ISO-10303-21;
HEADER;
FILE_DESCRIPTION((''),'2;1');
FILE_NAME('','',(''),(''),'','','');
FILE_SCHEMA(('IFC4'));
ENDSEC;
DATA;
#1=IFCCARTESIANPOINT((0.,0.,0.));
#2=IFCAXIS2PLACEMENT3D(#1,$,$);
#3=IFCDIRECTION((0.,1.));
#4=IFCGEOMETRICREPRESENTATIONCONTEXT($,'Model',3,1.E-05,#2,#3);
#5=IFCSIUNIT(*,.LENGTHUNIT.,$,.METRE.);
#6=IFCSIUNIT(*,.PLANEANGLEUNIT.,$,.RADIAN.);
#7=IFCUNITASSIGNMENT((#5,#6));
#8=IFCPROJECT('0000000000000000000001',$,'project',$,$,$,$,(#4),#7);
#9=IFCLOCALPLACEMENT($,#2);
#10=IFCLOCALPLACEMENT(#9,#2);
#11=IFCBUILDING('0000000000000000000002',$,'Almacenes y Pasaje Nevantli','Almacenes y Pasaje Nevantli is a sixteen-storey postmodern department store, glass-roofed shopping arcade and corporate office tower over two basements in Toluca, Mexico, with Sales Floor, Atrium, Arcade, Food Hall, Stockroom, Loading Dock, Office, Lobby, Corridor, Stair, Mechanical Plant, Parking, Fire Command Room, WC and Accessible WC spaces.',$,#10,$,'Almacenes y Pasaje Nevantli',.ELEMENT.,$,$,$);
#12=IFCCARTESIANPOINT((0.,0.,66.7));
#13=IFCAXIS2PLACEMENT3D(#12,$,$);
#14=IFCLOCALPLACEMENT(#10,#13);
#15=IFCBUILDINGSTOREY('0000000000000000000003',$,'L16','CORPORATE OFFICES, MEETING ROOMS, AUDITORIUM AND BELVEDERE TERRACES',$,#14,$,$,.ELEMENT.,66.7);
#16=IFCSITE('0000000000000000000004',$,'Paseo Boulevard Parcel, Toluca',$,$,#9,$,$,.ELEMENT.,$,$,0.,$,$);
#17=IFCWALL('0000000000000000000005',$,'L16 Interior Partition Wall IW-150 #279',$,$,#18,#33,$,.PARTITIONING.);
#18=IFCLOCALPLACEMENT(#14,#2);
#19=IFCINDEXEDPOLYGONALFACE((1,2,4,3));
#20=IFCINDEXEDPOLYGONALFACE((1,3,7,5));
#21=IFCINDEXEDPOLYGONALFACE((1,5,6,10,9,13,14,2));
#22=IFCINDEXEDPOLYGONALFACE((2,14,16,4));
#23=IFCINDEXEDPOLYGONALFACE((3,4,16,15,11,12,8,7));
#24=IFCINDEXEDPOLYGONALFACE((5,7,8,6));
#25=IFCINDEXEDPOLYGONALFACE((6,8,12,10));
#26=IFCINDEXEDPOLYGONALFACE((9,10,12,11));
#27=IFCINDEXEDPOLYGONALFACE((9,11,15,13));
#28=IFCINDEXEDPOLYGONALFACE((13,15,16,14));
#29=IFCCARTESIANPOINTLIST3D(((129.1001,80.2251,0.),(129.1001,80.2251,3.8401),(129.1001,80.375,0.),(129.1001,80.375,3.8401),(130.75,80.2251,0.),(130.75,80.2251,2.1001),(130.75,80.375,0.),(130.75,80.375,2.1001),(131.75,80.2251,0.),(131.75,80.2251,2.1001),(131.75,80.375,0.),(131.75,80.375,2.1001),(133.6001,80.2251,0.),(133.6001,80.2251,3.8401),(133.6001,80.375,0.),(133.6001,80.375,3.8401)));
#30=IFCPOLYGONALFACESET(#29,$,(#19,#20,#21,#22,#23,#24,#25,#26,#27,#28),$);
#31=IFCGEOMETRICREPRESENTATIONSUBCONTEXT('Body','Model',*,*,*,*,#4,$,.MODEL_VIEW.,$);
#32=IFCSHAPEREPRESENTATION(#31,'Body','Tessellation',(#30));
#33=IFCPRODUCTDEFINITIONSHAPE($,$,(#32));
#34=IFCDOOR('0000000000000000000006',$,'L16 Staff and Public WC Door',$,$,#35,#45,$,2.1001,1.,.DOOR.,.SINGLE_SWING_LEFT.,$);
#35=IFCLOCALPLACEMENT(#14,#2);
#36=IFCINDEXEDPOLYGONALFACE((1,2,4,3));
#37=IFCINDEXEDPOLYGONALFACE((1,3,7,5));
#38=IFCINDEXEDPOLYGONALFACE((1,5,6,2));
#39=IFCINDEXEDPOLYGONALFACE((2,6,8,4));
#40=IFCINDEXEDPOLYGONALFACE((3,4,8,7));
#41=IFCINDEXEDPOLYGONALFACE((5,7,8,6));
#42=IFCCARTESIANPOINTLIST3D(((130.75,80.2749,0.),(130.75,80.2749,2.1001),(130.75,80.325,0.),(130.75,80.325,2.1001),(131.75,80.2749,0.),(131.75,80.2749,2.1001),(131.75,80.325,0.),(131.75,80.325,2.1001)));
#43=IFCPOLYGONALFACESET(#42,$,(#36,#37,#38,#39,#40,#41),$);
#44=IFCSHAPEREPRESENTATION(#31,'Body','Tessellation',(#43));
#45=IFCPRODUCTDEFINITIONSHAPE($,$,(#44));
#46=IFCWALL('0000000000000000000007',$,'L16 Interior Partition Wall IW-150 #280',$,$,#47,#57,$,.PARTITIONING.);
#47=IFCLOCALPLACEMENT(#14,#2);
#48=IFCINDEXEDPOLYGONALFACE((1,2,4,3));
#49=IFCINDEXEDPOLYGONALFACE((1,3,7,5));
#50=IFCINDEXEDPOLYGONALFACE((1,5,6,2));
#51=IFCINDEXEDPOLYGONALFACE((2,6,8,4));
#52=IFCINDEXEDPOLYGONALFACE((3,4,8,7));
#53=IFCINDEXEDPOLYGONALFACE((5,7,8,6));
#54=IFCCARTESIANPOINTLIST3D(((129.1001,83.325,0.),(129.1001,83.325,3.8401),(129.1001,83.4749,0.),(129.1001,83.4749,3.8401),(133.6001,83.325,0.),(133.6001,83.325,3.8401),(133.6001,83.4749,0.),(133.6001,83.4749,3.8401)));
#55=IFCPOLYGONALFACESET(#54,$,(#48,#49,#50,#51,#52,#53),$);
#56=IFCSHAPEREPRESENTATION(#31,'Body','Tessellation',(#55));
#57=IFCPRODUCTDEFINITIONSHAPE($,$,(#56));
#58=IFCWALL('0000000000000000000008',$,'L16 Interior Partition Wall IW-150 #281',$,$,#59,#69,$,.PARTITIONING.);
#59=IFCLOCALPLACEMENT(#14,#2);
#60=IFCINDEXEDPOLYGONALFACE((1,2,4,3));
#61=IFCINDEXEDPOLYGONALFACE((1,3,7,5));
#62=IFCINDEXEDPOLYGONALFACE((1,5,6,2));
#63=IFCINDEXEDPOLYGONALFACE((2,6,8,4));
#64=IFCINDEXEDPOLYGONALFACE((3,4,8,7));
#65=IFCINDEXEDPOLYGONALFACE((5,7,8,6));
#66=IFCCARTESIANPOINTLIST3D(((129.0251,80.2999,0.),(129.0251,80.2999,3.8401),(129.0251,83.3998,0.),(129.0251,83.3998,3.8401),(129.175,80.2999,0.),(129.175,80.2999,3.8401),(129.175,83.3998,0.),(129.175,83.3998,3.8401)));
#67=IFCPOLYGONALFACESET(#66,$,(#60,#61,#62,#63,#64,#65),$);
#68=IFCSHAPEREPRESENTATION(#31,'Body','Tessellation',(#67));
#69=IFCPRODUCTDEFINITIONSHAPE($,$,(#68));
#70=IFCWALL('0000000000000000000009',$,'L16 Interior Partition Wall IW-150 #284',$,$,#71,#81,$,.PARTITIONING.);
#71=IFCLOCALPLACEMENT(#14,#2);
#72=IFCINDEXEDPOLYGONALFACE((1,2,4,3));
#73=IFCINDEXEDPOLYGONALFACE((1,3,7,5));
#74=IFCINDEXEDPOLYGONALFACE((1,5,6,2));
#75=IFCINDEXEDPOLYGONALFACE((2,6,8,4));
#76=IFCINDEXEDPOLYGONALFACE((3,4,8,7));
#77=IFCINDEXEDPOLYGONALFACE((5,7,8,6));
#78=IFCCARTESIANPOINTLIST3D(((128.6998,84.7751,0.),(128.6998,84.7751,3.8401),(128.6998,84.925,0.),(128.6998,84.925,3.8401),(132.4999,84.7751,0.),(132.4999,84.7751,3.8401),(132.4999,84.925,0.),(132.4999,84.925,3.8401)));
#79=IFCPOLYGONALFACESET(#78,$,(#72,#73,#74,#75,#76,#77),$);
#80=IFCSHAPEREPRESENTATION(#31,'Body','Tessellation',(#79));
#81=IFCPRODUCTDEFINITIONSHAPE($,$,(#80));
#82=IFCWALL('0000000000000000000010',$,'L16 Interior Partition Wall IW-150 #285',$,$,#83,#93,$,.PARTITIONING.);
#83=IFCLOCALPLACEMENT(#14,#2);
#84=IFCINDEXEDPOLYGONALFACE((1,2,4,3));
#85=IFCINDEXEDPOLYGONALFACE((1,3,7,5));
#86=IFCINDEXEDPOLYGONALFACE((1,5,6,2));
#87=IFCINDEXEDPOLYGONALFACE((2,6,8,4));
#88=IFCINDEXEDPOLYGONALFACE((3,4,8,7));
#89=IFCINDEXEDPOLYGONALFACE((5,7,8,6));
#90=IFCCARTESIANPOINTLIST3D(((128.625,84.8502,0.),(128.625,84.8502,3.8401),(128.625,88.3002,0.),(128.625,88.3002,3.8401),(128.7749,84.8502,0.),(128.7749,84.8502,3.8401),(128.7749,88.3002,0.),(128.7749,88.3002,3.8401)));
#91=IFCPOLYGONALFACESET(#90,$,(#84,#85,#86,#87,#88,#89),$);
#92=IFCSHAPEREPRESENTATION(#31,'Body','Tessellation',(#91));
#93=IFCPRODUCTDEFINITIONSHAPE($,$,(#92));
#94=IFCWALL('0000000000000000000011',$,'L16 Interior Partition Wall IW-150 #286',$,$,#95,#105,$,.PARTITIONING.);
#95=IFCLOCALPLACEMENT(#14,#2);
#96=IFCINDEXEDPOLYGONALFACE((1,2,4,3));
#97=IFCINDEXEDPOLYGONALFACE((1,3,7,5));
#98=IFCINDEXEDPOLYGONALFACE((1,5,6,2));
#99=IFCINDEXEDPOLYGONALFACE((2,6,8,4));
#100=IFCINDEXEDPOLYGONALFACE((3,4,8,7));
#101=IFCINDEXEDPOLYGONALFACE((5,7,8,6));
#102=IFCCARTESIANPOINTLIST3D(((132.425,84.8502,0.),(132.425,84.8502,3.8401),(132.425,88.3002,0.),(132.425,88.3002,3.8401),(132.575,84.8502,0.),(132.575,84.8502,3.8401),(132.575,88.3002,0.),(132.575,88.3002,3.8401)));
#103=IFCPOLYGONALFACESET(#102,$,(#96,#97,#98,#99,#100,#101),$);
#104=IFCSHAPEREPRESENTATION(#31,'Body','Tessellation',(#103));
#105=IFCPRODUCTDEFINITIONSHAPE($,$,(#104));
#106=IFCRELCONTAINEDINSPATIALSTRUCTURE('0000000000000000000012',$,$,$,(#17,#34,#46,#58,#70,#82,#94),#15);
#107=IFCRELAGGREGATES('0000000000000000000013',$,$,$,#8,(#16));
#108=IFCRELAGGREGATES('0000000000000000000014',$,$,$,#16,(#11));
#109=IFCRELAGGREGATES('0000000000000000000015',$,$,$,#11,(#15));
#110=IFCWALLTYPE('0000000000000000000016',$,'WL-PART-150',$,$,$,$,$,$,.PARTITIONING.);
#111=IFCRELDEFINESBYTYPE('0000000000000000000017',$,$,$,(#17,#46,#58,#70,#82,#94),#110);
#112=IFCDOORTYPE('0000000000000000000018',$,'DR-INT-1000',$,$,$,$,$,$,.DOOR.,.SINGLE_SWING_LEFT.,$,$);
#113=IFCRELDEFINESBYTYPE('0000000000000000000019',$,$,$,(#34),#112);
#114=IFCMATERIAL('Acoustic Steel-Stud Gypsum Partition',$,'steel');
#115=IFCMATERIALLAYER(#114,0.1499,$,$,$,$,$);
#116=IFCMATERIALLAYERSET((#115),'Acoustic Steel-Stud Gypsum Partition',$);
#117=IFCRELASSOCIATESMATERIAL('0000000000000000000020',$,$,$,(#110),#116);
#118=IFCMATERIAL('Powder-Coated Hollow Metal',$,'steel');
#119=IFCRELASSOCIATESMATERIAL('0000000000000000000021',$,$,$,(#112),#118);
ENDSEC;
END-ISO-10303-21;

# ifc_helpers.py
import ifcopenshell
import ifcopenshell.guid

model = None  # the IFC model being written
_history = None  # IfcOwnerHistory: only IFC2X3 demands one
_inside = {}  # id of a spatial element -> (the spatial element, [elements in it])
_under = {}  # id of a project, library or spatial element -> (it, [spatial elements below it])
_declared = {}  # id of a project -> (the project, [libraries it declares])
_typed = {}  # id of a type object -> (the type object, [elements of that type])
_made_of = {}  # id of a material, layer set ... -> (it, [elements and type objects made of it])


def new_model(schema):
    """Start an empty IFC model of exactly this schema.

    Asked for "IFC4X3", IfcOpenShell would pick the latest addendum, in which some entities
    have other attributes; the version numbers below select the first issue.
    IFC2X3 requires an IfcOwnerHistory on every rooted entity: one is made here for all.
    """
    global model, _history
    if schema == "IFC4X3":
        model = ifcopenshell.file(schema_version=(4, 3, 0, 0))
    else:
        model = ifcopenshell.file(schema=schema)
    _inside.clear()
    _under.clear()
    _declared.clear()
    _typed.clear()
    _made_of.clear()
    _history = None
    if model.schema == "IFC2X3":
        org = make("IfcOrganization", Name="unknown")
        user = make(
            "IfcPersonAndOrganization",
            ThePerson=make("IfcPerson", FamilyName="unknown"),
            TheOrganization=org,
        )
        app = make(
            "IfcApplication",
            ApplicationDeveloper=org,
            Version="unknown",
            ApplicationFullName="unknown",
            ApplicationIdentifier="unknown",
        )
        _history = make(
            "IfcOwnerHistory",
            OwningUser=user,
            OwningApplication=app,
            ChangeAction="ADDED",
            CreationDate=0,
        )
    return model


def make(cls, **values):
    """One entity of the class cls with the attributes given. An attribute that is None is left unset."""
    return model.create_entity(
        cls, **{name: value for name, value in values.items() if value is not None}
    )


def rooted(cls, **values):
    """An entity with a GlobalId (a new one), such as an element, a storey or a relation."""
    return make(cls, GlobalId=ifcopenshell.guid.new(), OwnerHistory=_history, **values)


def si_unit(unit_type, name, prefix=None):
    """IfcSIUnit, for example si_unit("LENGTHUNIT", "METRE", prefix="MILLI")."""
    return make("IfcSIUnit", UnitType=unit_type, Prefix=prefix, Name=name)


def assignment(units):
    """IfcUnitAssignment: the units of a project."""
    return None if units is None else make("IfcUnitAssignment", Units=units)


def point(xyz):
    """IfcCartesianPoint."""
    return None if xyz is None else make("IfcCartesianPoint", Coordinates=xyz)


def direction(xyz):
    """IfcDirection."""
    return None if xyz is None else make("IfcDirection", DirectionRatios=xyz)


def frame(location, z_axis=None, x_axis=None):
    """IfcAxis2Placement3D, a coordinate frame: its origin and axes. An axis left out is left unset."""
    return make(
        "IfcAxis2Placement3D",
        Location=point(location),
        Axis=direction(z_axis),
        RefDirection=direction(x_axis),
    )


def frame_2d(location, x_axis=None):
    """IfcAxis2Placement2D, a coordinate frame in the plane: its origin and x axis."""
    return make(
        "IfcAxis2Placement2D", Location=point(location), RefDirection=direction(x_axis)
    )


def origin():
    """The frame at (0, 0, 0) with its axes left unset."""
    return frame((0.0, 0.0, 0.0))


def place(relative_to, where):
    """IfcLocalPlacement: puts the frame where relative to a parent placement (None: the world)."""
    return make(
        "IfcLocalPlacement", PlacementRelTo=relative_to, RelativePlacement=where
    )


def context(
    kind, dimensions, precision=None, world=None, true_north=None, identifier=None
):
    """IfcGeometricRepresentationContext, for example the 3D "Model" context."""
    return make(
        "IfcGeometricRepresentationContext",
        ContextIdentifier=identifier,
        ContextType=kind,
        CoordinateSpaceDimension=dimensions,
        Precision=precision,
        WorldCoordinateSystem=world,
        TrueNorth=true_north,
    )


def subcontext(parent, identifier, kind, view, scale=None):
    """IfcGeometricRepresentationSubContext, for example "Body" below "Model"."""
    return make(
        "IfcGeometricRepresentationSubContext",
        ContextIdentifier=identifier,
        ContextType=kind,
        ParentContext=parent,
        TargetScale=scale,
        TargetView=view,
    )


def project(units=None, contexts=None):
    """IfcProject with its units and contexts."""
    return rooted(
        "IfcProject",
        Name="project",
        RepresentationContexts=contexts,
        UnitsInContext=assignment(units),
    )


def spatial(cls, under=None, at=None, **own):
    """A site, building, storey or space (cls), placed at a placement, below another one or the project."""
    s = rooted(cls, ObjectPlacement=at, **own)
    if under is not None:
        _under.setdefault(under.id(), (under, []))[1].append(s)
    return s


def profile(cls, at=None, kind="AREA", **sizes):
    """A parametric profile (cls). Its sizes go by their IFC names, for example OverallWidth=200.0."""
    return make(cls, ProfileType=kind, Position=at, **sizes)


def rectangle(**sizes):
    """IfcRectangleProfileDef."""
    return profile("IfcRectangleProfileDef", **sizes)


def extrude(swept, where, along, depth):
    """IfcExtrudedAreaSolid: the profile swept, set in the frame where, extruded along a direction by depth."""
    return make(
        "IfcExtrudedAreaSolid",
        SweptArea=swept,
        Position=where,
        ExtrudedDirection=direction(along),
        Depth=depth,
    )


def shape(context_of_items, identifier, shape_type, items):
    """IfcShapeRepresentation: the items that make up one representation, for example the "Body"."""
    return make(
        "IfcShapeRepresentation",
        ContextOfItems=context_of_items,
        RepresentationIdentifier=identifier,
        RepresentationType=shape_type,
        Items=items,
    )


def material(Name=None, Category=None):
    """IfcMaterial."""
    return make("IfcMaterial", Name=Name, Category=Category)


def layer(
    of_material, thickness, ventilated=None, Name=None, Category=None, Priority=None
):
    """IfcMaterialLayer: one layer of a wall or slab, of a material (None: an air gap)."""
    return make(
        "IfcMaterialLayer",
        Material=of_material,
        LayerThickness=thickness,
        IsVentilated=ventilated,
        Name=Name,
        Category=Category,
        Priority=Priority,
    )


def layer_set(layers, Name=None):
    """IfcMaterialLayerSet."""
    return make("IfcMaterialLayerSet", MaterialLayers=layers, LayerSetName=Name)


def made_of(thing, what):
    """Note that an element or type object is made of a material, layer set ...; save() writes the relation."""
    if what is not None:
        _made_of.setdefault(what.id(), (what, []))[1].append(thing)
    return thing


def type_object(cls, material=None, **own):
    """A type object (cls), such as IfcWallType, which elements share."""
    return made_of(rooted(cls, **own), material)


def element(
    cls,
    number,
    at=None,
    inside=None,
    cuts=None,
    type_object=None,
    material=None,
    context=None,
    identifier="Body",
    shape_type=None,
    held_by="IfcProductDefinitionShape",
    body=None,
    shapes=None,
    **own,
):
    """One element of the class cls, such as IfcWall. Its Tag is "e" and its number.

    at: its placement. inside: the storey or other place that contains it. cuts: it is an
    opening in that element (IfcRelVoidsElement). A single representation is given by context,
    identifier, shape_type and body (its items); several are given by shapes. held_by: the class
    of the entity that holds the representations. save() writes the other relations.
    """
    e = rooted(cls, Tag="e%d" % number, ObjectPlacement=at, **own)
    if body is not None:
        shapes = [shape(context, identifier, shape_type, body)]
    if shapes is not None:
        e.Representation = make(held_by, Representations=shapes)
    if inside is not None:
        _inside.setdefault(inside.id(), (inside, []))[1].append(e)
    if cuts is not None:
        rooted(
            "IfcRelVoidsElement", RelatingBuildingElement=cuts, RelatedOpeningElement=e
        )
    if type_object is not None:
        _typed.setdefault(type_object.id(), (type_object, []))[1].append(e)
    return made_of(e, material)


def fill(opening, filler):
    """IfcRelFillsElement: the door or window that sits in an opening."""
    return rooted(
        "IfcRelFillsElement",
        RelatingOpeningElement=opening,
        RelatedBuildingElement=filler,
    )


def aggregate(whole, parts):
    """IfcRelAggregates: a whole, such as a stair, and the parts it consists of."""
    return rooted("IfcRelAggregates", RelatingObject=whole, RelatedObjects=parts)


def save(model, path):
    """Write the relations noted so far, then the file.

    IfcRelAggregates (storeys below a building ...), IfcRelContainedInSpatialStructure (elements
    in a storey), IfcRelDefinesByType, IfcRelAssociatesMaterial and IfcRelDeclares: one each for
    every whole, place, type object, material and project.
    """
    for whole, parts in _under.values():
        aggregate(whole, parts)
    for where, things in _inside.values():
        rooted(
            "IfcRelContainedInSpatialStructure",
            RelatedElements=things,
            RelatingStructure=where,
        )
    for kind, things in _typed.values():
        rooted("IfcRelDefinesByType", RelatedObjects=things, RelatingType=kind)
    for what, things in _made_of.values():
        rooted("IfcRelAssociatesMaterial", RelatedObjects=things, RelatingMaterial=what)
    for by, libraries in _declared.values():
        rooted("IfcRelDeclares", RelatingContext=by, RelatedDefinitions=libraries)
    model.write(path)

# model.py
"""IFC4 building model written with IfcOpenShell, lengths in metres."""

from ifc_helpers import new_model, si_unit, direction, frame, frame_2d, origin, place, context, subcontext, project, spatial, rectangle, extrude, material, layer, layer_set, type_object, element, fill, save


model = new_model("IFC4")

# Units and contexts
model_context = context("Model", 3, precision=1e-05, world=origin(), true_north=direction((0.0, 1.0)))
body_context = subcontext(model_context, "Body", "Model", "MODEL_VIEW")
ifc_project = project(units=[si_unit("LENGTHUNIT", "METRE"), si_unit("PLANEANGLEUNIT", "RADIAN")], contexts=[model_context])

# Site, building, storey
site_placement = place(None, origin())
site = spatial("IfcSite", under=ifc_project, at=site_placement, Name="Paseo Boulevard Parcel, Toluca", CompositionType="ELEMENT", RefElevation=0.0)
building_placement = place(site_placement, origin())
building = spatial("IfcBuilding", under=site, at=building_placement, Name="Almacenes y Pasaje Nevantli", Description="Almacenes y Pasaje Nevantli is a sixteen-storey postmodern department store, glass-roofed shopping arcade and corporate office tower over two basements in Toluca, Mexico, with Sales Floor, Atrium, Arcade, Food Hall, Stockroom, Loading Dock, Office, Lobby, Corridor, Stair, Mechanical Plant, Parking, Fire Command Room, WC and Accessible WC spaces.", LongName="Almacenes y Pasaje Nevantli", CompositionType="ELEMENT")
storey_placement = place(building_placement, frame((0.0, 0.0, 66.7)))
storey = spatial("IfcBuildingStorey", under=building, at=storey_placement, Name="L16", Description="CORPORATE OFFICES, MEETING ROOMS, AUDITORIUM AND BELVEDERE TERRACES", CompositionType="ELEMENT", Elevation=66.7)

# Wall, opening, door
ifc_material_1 = material(Name="Acoustic Steel-Stud Gypsum Partition", Category="steel")
ifc_layer_1 = layer(ifc_material_1, 0.1499)
ifc_layer_set_1 = layer_set([ifc_layer_1], Name="Acoustic Steel-Stud Gypsum Partition")
wall_type_1 = type_object("IfcWallType", Name="WL-PART-150", PredefinedType="PARTITIONING", material=ifc_layer_set_1)
wall_1_placement = place(storey_placement, frame((129.1001, 80.3, 0.0), z_axis=(0.0, 0.0, 1.0), x_axis=(1.0, 0.0, 0.0)))
wall_1 = element("IfcWall", 1, at=wall_1_placement, inside=storey, type_object=wall_type_1, Name="L16 Interior Partition Wall IW-150 #279", PredefinedType="PARTITIONING", context=body_context, shape_type="SweptSolid", body=[
    extrude(rectangle(XDim=4.5, YDim=0.1499, at=frame_2d((2.25, 0.0))), origin(), (0.0, 0.0, 1.0), 3.8401),
])
opening_1_placement = place(wall_1_placement, frame((1.6499, 0.0, 0.0)))
opening_1 = element("IfcOpeningElement", 2, at=opening_1_placement, cuts=wall_1, PredefinedType="OPENING", context=body_context, shape_type="SweptSolid", body=[
    extrude(rectangle(XDim=1.0, YDim=2.1001, at=frame_2d((0.5, 1.05))), frame((0.0, 0.085, 0.0), z_axis=(0.0, -1.0, 0.0), x_axis=(1.0, 0.0, 0.0)), (0.0, 0.0, 1.0), 0.1699),
])
ifc_material_2 = material(Name="Powder-Coated Hollow Metal", Category="steel")
door_type_1 = type_object("IfcDoorType", Name="DR-INT-1000", OperationType="SINGLE_SWING_LEFT", PredefinedType="DOOR", material=ifc_material_2)
door_1_placement = place(opening_1_placement, origin())
door_1 = element("IfcDoor", 3, at=door_1_placement, inside=storey, type_object=door_type_1, Name="L16 Staff and Public WC Door", OperationType="SINGLE_SWING_LEFT", OverallHeight=2.1001, OverallWidth=1.0, PredefinedType="DOOR", context=body_context, shape_type="SweptSolid", body=[
    extrude(rectangle(XDim=1.0, YDim=2.1001, at=frame_2d((0.5, 1.05))), frame((0.0, 0.0249, 0.0), z_axis=(0.0, -1.0, 0.0), x_axis=(1.0, 0.0, 0.0)), (0.0, 0.0, 1.0), 0.05),
])
fill(opening_1, door_1)

# Walls
wall_2_placement = place(storey_placement, frame((129.1001, 83.3999, 0.0), z_axis=(0.0, 0.0, 1.0), x_axis=(1.0, 0.0, 0.0)))
element("IfcWall", 4, at=wall_2_placement, inside=storey, type_object=wall_type_1, Name="L16 Interior Partition Wall IW-150 #280", PredefinedType="PARTITIONING", context=body_context, shape_type="SweptSolid", body=[
    extrude(rectangle(XDim=4.5, YDim=0.1499, at=frame_2d((2.25, 0.0))), origin(), (0.0, 0.0, 1.0), 3.8401),
])
wall_3_placement = place(storey_placement, frame((129.1001, 80.3, 0.0), z_axis=(0.0, 0.0, 1.0), x_axis=(0.0, 1.0, 0.0)))
element("IfcWall", 5, at=wall_3_placement, inside=storey, type_object=wall_type_1, Name="L16 Interior Partition Wall IW-150 #281", PredefinedType="PARTITIONING", context=body_context, shape_type="SweptSolid", body=[
    extrude(rectangle(XDim=3.0999, YDim=0.1499, at=frame_2d((1.5498, 0.0))), origin(), (0.0, 0.0, 1.0), 3.8401),
])

# Walls
wall_4_placement = place(storey_placement, frame((128.7, 84.8501, 0.0), z_axis=(0.0, 0.0, 1.0), x_axis=(1.0, 0.0, 0.0)))
element("IfcWall", 6, at=wall_4_placement, inside=storey, type_object=wall_type_1, Name="L16 Interior Partition Wall IW-150 #284", PredefinedType="PARTITIONING", context=body_context, shape_type="SweptSolid", body=[
    extrude(rectangle(XDim=3.8, YDim=0.1499, at=frame_2d((1.8999, 0.0))), origin(), (0.0, 0.0, 1.0), 3.8401),
])
for number, where, z_axis, x_axis, name in (
    (7, (128.7, 84.8501, 0.0), (0.0, 0.0, 1.0), (0.0, 1.0, 0.0), "L16 Interior Partition Wall IW-150 #285"),
    (8, (132.5, 84.8501, 0.0), (0.0, 0.0, 1.0), (0.0, 1.0, 0.0), "L16 Interior Partition Wall IW-150 #286"),
):
    element("IfcWall", number, at=place(storey_placement, frame(where, z_axis=z_axis, x_axis=x_axis)), inside=storey, type_object=wall_type_1, Name=name, PredefinedType="PARTITIONING", context=body_context, shape_type="SweptSolid", body=[
        extrude(rectangle(XDim=3.45, YDim=0.1499, at=frame_2d((1.7251, 0.0))), origin(), (0.0, 0.0, 1.0), 3.8401),
    ])

save(model, "model.ifc")
